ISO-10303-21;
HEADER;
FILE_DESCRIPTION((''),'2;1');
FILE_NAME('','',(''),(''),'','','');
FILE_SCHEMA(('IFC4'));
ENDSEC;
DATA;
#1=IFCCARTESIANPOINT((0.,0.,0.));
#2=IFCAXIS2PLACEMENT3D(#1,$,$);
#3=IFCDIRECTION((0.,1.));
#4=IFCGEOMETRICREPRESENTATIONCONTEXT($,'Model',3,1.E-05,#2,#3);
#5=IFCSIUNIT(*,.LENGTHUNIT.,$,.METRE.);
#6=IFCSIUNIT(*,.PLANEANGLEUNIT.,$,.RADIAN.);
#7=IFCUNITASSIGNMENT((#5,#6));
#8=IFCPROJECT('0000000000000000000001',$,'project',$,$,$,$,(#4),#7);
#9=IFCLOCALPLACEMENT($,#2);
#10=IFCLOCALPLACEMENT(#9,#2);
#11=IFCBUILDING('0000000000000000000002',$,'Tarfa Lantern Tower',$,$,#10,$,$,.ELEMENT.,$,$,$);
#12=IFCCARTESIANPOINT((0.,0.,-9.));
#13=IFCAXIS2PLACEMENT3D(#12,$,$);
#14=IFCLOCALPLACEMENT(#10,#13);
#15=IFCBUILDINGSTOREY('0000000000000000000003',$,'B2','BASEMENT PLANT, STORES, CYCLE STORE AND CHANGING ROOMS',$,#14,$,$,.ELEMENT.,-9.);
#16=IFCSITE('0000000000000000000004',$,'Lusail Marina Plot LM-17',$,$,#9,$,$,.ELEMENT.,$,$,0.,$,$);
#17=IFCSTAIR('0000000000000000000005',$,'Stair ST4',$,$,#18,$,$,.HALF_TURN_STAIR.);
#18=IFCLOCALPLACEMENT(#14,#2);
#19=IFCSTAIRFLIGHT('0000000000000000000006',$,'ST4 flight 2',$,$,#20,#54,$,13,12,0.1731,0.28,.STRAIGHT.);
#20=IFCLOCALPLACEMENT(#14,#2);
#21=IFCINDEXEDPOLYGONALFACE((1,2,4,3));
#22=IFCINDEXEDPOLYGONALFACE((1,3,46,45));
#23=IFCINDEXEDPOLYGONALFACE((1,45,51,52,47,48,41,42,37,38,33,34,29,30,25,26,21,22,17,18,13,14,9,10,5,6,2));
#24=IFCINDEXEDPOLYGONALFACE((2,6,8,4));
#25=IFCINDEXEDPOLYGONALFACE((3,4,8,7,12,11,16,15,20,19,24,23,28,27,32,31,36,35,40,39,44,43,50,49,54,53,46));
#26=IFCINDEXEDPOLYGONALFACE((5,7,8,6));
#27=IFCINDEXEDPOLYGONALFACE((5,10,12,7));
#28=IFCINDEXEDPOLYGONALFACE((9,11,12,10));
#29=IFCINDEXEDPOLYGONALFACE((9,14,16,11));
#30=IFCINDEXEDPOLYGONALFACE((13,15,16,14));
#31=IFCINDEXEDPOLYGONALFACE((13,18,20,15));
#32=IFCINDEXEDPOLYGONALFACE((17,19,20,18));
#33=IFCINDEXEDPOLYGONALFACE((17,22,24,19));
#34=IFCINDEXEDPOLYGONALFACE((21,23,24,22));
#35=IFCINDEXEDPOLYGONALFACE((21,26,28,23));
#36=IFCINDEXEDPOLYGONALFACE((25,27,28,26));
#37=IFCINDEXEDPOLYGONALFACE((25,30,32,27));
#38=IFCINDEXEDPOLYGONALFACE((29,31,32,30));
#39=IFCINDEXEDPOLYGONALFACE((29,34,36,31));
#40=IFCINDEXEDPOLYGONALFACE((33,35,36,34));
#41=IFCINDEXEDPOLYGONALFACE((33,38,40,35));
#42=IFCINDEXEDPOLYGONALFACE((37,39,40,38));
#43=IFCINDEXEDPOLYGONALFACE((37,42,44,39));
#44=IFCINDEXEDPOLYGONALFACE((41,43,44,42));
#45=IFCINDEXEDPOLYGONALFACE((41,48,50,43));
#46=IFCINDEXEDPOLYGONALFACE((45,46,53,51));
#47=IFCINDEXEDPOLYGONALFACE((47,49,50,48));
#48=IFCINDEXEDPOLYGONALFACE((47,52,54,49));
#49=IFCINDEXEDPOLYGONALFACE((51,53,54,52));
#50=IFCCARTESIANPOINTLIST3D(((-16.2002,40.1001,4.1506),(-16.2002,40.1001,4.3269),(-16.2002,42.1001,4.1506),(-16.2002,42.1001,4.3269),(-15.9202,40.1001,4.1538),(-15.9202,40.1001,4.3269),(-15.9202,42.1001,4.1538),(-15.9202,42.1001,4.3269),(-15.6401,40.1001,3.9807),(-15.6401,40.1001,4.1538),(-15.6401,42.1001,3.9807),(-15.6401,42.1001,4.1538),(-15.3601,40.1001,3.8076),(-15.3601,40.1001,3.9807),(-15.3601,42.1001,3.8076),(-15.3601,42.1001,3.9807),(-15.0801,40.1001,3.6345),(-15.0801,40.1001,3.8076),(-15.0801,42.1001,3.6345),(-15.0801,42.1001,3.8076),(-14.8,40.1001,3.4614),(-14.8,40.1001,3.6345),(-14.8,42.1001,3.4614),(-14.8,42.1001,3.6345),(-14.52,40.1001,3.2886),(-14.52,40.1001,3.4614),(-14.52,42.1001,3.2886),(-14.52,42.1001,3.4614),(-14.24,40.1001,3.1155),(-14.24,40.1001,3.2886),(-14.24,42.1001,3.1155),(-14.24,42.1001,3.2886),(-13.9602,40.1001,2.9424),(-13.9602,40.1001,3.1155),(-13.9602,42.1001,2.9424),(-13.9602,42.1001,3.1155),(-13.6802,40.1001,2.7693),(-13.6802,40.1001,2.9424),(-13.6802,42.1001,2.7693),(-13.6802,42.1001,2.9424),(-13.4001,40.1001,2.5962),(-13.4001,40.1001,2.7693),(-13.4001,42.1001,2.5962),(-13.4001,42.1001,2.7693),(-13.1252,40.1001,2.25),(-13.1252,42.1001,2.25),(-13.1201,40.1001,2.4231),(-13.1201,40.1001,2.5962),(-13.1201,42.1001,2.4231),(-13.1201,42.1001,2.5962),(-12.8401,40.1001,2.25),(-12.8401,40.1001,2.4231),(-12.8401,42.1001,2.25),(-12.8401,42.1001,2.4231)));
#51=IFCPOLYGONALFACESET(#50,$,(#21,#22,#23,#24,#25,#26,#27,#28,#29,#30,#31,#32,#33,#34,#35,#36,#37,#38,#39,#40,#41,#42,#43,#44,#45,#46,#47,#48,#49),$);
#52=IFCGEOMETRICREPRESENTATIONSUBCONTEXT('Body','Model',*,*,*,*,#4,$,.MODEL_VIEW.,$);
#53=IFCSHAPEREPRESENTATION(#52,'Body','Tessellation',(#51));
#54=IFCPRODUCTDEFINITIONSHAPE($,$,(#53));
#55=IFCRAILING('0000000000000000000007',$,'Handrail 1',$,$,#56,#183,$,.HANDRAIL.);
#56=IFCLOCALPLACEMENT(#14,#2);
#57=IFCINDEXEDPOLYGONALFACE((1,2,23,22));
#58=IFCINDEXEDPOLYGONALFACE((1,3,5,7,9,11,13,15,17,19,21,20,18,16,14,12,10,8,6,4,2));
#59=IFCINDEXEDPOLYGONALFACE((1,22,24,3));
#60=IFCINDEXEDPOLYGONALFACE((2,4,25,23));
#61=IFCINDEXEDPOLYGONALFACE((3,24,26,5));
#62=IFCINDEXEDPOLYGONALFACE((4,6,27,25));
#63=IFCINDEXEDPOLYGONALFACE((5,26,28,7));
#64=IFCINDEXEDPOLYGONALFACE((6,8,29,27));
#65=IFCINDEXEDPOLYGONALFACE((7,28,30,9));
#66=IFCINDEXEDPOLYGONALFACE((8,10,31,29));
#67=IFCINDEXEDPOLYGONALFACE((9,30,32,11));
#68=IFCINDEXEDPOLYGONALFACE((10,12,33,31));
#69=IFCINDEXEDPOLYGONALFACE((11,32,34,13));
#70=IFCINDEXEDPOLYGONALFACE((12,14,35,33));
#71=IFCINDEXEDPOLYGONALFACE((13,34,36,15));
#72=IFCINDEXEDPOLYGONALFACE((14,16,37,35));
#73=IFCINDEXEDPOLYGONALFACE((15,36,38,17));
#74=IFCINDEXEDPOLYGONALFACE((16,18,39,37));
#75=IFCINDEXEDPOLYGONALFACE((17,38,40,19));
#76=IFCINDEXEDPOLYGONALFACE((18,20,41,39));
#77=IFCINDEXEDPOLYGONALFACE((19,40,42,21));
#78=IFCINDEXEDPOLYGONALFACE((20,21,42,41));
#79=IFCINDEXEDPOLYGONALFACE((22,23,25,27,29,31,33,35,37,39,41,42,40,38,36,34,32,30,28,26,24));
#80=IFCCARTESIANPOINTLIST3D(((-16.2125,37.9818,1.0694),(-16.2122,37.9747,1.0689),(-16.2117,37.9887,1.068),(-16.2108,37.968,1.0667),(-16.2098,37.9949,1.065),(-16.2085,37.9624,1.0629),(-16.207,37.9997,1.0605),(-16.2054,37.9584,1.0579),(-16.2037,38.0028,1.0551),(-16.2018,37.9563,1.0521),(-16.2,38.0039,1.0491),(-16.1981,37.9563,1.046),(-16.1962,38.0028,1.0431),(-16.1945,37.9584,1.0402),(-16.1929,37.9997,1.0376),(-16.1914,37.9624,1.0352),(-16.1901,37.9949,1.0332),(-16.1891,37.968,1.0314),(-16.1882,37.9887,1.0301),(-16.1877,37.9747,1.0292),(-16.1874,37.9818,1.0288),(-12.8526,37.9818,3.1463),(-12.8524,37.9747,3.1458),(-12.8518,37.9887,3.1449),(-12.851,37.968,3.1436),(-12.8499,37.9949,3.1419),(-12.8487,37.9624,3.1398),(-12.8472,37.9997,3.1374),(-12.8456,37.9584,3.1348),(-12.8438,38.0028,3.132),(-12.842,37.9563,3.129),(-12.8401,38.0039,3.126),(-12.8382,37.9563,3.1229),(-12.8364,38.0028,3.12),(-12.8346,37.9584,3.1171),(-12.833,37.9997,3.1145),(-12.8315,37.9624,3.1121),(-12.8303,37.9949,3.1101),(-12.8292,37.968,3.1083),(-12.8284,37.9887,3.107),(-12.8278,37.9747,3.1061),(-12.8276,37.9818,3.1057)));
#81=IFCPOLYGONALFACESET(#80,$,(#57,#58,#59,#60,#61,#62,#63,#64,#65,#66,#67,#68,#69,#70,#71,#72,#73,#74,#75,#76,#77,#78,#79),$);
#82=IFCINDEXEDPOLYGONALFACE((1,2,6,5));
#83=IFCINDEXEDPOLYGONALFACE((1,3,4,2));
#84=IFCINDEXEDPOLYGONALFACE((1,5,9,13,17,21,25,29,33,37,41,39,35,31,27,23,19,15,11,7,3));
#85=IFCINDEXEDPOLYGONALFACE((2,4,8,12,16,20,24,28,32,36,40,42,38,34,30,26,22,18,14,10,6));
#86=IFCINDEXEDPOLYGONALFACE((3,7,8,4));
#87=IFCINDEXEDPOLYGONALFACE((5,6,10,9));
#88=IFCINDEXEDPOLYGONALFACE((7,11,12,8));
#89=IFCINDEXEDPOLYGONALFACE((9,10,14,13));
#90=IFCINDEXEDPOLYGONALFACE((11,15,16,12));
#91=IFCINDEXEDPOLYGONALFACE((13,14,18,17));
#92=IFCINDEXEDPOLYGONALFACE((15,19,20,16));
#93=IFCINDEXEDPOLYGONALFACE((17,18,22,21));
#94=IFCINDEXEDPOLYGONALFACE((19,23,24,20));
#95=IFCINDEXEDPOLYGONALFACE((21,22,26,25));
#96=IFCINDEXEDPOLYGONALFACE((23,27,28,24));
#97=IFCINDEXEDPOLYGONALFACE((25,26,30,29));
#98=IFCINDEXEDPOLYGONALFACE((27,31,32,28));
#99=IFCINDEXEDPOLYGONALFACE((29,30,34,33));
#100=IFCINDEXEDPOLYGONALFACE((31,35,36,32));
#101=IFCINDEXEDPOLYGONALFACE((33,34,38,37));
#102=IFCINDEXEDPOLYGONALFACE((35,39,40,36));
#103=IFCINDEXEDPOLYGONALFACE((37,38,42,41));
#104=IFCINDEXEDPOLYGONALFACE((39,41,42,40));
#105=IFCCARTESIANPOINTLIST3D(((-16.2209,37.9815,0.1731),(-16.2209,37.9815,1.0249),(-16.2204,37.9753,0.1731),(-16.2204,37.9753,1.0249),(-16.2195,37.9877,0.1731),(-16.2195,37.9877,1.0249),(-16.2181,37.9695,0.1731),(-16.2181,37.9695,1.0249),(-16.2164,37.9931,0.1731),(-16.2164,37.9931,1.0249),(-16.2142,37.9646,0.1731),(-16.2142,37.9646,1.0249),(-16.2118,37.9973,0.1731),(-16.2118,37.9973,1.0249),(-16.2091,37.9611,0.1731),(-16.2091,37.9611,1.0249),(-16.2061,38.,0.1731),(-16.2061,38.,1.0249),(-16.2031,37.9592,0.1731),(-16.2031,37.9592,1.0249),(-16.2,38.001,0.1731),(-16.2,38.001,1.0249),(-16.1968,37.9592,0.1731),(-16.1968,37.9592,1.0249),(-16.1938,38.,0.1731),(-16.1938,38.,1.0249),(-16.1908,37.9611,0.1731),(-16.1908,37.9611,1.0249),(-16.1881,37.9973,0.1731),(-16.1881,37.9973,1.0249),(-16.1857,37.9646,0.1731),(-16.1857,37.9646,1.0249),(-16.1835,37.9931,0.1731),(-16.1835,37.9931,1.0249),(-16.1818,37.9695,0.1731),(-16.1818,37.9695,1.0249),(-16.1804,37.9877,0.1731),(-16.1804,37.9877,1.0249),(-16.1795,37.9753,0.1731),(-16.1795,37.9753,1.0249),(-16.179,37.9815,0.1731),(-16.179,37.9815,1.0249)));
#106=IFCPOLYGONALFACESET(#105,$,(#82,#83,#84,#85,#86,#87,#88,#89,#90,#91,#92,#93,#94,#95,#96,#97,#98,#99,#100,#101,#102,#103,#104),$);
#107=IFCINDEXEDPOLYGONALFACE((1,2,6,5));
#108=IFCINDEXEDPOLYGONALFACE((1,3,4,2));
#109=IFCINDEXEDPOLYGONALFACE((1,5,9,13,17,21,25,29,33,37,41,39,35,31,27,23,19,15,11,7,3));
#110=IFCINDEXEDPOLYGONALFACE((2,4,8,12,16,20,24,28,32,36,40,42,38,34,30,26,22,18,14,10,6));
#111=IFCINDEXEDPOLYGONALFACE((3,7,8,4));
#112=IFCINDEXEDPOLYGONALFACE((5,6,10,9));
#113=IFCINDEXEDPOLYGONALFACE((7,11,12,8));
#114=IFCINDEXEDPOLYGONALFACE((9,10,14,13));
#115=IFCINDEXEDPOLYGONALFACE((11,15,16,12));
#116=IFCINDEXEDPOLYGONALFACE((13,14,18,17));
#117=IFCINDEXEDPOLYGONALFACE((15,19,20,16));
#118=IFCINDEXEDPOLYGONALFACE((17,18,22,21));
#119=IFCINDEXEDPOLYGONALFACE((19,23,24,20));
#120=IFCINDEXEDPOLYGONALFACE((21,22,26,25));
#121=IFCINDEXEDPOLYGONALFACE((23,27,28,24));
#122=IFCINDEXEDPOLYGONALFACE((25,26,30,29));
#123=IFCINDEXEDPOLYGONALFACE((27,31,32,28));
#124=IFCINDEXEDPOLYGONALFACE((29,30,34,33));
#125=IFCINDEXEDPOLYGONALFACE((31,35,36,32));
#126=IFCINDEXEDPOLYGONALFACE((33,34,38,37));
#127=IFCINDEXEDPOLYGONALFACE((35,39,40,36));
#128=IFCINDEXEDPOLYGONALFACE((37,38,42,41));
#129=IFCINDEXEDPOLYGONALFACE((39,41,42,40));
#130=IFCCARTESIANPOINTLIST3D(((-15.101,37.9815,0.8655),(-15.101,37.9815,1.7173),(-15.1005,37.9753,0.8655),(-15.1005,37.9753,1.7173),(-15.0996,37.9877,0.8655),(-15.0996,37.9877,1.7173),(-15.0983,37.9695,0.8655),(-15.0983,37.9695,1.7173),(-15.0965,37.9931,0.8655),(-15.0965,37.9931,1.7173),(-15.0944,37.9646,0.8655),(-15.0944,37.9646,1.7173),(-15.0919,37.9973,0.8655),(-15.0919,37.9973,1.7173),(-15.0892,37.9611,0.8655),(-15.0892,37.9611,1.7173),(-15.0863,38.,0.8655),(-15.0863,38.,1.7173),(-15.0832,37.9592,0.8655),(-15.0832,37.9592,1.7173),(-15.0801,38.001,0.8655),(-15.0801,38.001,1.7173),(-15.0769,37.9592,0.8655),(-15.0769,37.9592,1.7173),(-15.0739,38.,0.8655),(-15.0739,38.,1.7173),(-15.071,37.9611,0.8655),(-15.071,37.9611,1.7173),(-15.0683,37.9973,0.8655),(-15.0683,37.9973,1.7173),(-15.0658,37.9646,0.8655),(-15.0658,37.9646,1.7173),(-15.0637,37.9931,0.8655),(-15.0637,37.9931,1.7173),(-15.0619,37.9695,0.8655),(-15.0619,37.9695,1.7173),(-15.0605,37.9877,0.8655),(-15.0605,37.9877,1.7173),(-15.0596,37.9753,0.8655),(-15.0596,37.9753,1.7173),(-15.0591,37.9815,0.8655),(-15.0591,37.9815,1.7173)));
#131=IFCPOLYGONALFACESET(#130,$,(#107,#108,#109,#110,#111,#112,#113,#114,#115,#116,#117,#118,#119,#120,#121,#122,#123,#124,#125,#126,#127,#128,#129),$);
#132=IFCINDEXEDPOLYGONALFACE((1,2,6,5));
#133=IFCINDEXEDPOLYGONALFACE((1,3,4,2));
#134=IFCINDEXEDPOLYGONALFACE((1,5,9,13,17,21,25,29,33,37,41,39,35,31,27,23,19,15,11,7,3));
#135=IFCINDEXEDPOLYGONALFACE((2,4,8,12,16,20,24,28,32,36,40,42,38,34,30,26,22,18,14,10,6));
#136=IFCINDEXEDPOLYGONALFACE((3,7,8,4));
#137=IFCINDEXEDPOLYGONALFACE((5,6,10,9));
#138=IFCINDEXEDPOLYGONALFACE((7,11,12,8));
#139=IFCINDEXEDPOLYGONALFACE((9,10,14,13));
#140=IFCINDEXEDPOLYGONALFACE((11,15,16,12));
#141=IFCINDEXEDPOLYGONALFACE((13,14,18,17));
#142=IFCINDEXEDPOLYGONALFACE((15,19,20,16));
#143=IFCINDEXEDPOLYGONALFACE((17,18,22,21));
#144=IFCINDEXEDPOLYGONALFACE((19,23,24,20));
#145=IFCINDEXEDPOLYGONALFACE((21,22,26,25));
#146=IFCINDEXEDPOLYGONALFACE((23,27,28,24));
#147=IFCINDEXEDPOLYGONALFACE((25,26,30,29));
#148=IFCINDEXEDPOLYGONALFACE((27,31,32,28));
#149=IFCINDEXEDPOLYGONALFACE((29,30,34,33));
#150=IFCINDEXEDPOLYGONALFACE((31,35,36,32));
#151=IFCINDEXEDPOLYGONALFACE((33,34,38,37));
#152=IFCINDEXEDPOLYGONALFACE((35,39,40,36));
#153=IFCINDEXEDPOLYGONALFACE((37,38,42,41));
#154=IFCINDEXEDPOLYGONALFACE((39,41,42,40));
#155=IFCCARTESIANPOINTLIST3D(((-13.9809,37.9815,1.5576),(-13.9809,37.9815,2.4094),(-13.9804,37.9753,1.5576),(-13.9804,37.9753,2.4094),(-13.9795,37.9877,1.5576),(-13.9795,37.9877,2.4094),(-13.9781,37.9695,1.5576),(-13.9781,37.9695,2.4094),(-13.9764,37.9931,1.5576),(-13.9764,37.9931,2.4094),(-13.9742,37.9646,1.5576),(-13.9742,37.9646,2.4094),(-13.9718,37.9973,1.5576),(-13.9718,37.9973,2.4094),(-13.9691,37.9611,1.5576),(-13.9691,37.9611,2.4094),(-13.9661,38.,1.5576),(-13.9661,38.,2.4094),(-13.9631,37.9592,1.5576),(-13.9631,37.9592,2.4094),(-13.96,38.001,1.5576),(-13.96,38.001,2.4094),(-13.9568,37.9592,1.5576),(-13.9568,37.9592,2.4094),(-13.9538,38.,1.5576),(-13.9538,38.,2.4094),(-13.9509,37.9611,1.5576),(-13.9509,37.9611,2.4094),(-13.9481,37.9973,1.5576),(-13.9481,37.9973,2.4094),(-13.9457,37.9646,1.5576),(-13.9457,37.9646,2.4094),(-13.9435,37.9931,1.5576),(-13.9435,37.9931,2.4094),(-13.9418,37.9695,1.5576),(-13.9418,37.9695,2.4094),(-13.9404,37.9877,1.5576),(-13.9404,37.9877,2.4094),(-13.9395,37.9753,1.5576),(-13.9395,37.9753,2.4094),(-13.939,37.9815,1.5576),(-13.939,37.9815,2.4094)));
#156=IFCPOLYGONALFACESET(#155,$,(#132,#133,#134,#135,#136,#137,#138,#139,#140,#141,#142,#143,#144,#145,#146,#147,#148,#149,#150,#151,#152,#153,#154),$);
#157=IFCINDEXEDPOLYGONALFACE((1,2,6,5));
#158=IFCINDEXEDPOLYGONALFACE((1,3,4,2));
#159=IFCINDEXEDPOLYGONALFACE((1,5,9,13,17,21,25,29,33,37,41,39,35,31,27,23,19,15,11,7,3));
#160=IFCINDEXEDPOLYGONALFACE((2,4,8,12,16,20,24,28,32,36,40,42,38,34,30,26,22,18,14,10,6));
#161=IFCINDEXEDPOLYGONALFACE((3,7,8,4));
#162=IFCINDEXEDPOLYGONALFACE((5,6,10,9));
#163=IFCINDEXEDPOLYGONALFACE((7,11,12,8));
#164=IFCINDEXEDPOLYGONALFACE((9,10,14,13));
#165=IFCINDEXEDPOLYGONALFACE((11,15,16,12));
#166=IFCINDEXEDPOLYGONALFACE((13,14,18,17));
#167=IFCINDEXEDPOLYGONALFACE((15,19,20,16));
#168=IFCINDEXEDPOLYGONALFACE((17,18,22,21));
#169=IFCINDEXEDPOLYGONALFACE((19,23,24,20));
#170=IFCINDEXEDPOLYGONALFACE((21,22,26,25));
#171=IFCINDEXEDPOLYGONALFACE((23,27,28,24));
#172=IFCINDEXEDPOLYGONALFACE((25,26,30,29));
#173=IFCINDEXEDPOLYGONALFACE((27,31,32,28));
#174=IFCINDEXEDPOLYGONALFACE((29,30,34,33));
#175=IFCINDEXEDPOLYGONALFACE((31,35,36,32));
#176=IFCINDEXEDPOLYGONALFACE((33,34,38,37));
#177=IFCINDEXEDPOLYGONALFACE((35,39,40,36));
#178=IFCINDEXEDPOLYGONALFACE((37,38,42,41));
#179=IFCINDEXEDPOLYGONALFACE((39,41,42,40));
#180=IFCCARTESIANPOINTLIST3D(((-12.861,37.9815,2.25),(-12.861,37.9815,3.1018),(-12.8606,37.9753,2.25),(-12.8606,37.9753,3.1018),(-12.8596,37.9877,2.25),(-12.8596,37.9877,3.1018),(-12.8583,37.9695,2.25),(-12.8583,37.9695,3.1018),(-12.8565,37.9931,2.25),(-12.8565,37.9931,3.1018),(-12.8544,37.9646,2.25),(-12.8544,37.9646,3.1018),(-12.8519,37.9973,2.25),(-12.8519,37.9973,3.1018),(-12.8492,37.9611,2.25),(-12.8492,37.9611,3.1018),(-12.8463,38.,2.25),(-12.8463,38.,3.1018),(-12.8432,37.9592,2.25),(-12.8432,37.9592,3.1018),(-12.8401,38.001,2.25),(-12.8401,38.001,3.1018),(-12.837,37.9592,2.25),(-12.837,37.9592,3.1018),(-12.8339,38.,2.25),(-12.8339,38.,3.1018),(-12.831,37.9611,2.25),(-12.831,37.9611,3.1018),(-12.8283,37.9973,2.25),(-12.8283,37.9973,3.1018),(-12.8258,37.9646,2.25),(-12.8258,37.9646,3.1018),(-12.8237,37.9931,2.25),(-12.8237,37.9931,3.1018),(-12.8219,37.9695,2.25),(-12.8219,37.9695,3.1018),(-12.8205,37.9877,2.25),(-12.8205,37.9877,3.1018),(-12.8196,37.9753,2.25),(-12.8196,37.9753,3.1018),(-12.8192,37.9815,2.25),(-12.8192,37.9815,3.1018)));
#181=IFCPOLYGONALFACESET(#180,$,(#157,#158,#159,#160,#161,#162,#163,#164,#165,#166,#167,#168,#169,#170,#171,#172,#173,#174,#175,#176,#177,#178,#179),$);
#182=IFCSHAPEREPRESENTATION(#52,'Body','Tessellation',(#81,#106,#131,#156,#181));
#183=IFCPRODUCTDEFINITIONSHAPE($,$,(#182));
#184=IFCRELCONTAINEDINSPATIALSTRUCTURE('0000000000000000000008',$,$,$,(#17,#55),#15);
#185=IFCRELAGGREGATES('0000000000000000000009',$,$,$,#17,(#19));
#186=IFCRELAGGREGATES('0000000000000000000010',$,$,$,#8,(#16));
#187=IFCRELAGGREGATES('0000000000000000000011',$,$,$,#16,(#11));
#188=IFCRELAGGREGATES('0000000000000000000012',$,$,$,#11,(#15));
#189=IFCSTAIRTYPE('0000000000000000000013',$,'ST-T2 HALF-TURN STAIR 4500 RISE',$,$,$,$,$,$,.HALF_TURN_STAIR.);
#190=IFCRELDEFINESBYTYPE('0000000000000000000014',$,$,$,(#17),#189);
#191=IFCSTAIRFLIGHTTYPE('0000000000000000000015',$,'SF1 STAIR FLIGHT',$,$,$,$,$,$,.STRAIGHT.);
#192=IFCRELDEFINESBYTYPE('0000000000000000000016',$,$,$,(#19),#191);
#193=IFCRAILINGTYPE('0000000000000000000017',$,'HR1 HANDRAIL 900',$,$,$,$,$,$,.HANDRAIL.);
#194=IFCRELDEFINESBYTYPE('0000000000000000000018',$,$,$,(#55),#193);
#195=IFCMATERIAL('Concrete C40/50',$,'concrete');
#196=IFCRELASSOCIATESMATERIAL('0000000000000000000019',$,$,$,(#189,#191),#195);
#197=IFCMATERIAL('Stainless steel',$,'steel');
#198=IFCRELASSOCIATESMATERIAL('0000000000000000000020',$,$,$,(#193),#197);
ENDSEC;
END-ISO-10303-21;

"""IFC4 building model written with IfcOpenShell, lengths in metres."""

from ifc_helpers import new_model, si_unit, direction, frame, origin, origin_2d, place, context, subcontext, project, spatial, polyline, circle, outline, extrude, material, type_object, element, aggregate, save


model = new_model("IFC4")

# Units and contexts
model_context = context("Model", 3, precision=1e-05, world=origin(), true_north=direction((0.0, 1.0)))
body_context = subcontext(model_context, "Body", "Model", "MODEL_VIEW")
ifc_project = project(units=[si_unit("LENGTHUNIT", "METRE"), si_unit("PLANEANGLEUNIT", "RADIAN")], contexts=[model_context])

# Site, building, storey
site_placement = place(None, origin())
site = spatial("IfcSite", under=ifc_project, at=site_placement, Name="Lusail Marina Plot LM-17", CompositionType="ELEMENT", RefElevation=0.0)
building_placement = place(site_placement, origin())
building = spatial("IfcBuilding", under=site, at=building_placement, Name="Tarfa Lantern Tower", CompositionType="ELEMENT")
storey_placement = place(building_placement, frame((0.0, 0.0, -9.0)))
storey = spatial("IfcBuildingStorey", under=building, at=storey_placement, Name="B2", Description="BASEMENT PLANT, STORES, CYCLE STORE AND CHANGING ROOMS", CompositionType="ELEMENT", Elevation=-9.0)

# Shared definitions
ifc_material_1 = material(Name="Concrete C40/50", Category="concrete")

# Stair, stair flight
stair_type = type_object("IfcStairType", Name="ST-T2 HALF-TURN STAIR 4500 RISE", PredefinedType="HALF_TURN_STAIR", material=ifc_material_1)
stair_placement = place(storey_placement, origin())
stair = element("IfcStair", 1, at=stair_placement, inside=storey, type_object=stair_type, Name="Stair ST4", PredefinedType="HALF_TURN_STAIR")
stair_flight_type = type_object("IfcStairFlightType", Name="SF1 STAIR FLIGHT", PredefinedType="STRAIGHT", material=ifc_material_1)
stair_flight_1_placement = place(storey_placement, frame((-12.8401, 41.1001, 2.25), z_axis=(0.0, 0.0, 1.0), x_axis=(-1.0, 0.0, 0.0)))
stair_flight_1 = element("IfcStairFlight", 2, at=stair_flight_1_placement, type_object=stair_flight_type, Name="ST4 flight 2", NumberOfRisers=13, NumberOfTreads=12, PredefinedType="STRAIGHT", RiserHeight=0.1731, TreadLength=0.28, context=body_context, shape_type="SweptSolid", body=[
    extrude(outline(polyline([(0.0, 0.0), (0.0, 0.1731), (0.28, 0.1731), (0.28, 0.3462), (0.5601, 0.3462), (0.5601, 0.5193), (0.8401, 0.5193), (0.8401, 0.6924), (1.1201, 0.6924), (1.1201, 0.8655), (1.3999, 0.8655), (1.3999, 1.0386), (1.6799, 1.0386), (1.6799, 1.2114), (1.96, 1.2114), (1.96, 1.3845), (2.24, 1.3845), (2.24, 1.5576), (2.52, 1.5576), (2.52, 1.7307), (2.8, 1.7307), (2.8, 1.9038), (3.0801, 1.9038), (3.0801, 2.0769), (3.3601, 2.0769), (3.3601, 2.25), (3.3601, 1.9006), (0.2852, 0.0), (0.0, 0.0)])), frame((0.0, 1.0, 0.0), z_axis=(0.0, -1.0, 0.0), x_axis=(1.0, 0.0, 0.0)), (0.0, 0.0, 1.0), 2.0),
])
aggregate(stair, [stair_flight_1])

# Railing
ifc_material_2 = material(Name="Stainless steel", Category="steel")
railing_type = type_object("IfcRailingType", Name="HR1 HANDRAIL 900", PredefinedType="HANDRAIL", material=ifc_material_2)
railing_1_placement = place(storey_placement, frame((-16.2, 37.98, 0.1731)))
element("IfcRailing", 3, at=railing_1_placement, inside=storey, type_object=railing_type, Name="Handrail 1", PredefinedType="HANDRAIL", context=body_context, shape_type="SweptSolid", body=[
    extrude(circle(Radius=0.0239, at=origin_2d()), frame((0.0, 0.0, 0.876), z_axis=(0.850606, 0.0, 0.525803), x_axis=(0.0, 1.0, 0.0)), (0.0, 0.0, 1.0), 3.95),
    extrude(circle(Radius=0.021, at=origin_2d()), frame((0.0, 0.0, 0.0), z_axis=(0.0, 0.0, 1.0), x_axis=(0.0, 1.0, 0.0)), (0.0, 0.0, 1.0), 0.8518),
    extrude(circle(Radius=0.021, at=origin_2d()), frame((1.1199, 0.0, 0.6924), z_axis=(0.0, 0.0, 1.0), x_axis=(0.0, 1.0, 0.0)), (0.0, 0.0, 1.0), 0.8518),
    extrude(circle(Radius=0.021, at=origin_2d()), frame((2.24, 0.0, 1.3845), z_axis=(0.0, 0.0, 1.0), x_axis=(0.0, 1.0, 0.0)), (0.0, 0.0, 1.0), 0.8518),
    extrude(circle(Radius=0.021, at=origin_2d()), frame((3.3599, 0.0, 2.0769), z_axis=(0.0, 0.0, 1.0), x_axis=(0.0, 1.0, 0.0)), (0.0, 0.0, 1.0), 0.8518),
])

save(model, "model.ifc")
